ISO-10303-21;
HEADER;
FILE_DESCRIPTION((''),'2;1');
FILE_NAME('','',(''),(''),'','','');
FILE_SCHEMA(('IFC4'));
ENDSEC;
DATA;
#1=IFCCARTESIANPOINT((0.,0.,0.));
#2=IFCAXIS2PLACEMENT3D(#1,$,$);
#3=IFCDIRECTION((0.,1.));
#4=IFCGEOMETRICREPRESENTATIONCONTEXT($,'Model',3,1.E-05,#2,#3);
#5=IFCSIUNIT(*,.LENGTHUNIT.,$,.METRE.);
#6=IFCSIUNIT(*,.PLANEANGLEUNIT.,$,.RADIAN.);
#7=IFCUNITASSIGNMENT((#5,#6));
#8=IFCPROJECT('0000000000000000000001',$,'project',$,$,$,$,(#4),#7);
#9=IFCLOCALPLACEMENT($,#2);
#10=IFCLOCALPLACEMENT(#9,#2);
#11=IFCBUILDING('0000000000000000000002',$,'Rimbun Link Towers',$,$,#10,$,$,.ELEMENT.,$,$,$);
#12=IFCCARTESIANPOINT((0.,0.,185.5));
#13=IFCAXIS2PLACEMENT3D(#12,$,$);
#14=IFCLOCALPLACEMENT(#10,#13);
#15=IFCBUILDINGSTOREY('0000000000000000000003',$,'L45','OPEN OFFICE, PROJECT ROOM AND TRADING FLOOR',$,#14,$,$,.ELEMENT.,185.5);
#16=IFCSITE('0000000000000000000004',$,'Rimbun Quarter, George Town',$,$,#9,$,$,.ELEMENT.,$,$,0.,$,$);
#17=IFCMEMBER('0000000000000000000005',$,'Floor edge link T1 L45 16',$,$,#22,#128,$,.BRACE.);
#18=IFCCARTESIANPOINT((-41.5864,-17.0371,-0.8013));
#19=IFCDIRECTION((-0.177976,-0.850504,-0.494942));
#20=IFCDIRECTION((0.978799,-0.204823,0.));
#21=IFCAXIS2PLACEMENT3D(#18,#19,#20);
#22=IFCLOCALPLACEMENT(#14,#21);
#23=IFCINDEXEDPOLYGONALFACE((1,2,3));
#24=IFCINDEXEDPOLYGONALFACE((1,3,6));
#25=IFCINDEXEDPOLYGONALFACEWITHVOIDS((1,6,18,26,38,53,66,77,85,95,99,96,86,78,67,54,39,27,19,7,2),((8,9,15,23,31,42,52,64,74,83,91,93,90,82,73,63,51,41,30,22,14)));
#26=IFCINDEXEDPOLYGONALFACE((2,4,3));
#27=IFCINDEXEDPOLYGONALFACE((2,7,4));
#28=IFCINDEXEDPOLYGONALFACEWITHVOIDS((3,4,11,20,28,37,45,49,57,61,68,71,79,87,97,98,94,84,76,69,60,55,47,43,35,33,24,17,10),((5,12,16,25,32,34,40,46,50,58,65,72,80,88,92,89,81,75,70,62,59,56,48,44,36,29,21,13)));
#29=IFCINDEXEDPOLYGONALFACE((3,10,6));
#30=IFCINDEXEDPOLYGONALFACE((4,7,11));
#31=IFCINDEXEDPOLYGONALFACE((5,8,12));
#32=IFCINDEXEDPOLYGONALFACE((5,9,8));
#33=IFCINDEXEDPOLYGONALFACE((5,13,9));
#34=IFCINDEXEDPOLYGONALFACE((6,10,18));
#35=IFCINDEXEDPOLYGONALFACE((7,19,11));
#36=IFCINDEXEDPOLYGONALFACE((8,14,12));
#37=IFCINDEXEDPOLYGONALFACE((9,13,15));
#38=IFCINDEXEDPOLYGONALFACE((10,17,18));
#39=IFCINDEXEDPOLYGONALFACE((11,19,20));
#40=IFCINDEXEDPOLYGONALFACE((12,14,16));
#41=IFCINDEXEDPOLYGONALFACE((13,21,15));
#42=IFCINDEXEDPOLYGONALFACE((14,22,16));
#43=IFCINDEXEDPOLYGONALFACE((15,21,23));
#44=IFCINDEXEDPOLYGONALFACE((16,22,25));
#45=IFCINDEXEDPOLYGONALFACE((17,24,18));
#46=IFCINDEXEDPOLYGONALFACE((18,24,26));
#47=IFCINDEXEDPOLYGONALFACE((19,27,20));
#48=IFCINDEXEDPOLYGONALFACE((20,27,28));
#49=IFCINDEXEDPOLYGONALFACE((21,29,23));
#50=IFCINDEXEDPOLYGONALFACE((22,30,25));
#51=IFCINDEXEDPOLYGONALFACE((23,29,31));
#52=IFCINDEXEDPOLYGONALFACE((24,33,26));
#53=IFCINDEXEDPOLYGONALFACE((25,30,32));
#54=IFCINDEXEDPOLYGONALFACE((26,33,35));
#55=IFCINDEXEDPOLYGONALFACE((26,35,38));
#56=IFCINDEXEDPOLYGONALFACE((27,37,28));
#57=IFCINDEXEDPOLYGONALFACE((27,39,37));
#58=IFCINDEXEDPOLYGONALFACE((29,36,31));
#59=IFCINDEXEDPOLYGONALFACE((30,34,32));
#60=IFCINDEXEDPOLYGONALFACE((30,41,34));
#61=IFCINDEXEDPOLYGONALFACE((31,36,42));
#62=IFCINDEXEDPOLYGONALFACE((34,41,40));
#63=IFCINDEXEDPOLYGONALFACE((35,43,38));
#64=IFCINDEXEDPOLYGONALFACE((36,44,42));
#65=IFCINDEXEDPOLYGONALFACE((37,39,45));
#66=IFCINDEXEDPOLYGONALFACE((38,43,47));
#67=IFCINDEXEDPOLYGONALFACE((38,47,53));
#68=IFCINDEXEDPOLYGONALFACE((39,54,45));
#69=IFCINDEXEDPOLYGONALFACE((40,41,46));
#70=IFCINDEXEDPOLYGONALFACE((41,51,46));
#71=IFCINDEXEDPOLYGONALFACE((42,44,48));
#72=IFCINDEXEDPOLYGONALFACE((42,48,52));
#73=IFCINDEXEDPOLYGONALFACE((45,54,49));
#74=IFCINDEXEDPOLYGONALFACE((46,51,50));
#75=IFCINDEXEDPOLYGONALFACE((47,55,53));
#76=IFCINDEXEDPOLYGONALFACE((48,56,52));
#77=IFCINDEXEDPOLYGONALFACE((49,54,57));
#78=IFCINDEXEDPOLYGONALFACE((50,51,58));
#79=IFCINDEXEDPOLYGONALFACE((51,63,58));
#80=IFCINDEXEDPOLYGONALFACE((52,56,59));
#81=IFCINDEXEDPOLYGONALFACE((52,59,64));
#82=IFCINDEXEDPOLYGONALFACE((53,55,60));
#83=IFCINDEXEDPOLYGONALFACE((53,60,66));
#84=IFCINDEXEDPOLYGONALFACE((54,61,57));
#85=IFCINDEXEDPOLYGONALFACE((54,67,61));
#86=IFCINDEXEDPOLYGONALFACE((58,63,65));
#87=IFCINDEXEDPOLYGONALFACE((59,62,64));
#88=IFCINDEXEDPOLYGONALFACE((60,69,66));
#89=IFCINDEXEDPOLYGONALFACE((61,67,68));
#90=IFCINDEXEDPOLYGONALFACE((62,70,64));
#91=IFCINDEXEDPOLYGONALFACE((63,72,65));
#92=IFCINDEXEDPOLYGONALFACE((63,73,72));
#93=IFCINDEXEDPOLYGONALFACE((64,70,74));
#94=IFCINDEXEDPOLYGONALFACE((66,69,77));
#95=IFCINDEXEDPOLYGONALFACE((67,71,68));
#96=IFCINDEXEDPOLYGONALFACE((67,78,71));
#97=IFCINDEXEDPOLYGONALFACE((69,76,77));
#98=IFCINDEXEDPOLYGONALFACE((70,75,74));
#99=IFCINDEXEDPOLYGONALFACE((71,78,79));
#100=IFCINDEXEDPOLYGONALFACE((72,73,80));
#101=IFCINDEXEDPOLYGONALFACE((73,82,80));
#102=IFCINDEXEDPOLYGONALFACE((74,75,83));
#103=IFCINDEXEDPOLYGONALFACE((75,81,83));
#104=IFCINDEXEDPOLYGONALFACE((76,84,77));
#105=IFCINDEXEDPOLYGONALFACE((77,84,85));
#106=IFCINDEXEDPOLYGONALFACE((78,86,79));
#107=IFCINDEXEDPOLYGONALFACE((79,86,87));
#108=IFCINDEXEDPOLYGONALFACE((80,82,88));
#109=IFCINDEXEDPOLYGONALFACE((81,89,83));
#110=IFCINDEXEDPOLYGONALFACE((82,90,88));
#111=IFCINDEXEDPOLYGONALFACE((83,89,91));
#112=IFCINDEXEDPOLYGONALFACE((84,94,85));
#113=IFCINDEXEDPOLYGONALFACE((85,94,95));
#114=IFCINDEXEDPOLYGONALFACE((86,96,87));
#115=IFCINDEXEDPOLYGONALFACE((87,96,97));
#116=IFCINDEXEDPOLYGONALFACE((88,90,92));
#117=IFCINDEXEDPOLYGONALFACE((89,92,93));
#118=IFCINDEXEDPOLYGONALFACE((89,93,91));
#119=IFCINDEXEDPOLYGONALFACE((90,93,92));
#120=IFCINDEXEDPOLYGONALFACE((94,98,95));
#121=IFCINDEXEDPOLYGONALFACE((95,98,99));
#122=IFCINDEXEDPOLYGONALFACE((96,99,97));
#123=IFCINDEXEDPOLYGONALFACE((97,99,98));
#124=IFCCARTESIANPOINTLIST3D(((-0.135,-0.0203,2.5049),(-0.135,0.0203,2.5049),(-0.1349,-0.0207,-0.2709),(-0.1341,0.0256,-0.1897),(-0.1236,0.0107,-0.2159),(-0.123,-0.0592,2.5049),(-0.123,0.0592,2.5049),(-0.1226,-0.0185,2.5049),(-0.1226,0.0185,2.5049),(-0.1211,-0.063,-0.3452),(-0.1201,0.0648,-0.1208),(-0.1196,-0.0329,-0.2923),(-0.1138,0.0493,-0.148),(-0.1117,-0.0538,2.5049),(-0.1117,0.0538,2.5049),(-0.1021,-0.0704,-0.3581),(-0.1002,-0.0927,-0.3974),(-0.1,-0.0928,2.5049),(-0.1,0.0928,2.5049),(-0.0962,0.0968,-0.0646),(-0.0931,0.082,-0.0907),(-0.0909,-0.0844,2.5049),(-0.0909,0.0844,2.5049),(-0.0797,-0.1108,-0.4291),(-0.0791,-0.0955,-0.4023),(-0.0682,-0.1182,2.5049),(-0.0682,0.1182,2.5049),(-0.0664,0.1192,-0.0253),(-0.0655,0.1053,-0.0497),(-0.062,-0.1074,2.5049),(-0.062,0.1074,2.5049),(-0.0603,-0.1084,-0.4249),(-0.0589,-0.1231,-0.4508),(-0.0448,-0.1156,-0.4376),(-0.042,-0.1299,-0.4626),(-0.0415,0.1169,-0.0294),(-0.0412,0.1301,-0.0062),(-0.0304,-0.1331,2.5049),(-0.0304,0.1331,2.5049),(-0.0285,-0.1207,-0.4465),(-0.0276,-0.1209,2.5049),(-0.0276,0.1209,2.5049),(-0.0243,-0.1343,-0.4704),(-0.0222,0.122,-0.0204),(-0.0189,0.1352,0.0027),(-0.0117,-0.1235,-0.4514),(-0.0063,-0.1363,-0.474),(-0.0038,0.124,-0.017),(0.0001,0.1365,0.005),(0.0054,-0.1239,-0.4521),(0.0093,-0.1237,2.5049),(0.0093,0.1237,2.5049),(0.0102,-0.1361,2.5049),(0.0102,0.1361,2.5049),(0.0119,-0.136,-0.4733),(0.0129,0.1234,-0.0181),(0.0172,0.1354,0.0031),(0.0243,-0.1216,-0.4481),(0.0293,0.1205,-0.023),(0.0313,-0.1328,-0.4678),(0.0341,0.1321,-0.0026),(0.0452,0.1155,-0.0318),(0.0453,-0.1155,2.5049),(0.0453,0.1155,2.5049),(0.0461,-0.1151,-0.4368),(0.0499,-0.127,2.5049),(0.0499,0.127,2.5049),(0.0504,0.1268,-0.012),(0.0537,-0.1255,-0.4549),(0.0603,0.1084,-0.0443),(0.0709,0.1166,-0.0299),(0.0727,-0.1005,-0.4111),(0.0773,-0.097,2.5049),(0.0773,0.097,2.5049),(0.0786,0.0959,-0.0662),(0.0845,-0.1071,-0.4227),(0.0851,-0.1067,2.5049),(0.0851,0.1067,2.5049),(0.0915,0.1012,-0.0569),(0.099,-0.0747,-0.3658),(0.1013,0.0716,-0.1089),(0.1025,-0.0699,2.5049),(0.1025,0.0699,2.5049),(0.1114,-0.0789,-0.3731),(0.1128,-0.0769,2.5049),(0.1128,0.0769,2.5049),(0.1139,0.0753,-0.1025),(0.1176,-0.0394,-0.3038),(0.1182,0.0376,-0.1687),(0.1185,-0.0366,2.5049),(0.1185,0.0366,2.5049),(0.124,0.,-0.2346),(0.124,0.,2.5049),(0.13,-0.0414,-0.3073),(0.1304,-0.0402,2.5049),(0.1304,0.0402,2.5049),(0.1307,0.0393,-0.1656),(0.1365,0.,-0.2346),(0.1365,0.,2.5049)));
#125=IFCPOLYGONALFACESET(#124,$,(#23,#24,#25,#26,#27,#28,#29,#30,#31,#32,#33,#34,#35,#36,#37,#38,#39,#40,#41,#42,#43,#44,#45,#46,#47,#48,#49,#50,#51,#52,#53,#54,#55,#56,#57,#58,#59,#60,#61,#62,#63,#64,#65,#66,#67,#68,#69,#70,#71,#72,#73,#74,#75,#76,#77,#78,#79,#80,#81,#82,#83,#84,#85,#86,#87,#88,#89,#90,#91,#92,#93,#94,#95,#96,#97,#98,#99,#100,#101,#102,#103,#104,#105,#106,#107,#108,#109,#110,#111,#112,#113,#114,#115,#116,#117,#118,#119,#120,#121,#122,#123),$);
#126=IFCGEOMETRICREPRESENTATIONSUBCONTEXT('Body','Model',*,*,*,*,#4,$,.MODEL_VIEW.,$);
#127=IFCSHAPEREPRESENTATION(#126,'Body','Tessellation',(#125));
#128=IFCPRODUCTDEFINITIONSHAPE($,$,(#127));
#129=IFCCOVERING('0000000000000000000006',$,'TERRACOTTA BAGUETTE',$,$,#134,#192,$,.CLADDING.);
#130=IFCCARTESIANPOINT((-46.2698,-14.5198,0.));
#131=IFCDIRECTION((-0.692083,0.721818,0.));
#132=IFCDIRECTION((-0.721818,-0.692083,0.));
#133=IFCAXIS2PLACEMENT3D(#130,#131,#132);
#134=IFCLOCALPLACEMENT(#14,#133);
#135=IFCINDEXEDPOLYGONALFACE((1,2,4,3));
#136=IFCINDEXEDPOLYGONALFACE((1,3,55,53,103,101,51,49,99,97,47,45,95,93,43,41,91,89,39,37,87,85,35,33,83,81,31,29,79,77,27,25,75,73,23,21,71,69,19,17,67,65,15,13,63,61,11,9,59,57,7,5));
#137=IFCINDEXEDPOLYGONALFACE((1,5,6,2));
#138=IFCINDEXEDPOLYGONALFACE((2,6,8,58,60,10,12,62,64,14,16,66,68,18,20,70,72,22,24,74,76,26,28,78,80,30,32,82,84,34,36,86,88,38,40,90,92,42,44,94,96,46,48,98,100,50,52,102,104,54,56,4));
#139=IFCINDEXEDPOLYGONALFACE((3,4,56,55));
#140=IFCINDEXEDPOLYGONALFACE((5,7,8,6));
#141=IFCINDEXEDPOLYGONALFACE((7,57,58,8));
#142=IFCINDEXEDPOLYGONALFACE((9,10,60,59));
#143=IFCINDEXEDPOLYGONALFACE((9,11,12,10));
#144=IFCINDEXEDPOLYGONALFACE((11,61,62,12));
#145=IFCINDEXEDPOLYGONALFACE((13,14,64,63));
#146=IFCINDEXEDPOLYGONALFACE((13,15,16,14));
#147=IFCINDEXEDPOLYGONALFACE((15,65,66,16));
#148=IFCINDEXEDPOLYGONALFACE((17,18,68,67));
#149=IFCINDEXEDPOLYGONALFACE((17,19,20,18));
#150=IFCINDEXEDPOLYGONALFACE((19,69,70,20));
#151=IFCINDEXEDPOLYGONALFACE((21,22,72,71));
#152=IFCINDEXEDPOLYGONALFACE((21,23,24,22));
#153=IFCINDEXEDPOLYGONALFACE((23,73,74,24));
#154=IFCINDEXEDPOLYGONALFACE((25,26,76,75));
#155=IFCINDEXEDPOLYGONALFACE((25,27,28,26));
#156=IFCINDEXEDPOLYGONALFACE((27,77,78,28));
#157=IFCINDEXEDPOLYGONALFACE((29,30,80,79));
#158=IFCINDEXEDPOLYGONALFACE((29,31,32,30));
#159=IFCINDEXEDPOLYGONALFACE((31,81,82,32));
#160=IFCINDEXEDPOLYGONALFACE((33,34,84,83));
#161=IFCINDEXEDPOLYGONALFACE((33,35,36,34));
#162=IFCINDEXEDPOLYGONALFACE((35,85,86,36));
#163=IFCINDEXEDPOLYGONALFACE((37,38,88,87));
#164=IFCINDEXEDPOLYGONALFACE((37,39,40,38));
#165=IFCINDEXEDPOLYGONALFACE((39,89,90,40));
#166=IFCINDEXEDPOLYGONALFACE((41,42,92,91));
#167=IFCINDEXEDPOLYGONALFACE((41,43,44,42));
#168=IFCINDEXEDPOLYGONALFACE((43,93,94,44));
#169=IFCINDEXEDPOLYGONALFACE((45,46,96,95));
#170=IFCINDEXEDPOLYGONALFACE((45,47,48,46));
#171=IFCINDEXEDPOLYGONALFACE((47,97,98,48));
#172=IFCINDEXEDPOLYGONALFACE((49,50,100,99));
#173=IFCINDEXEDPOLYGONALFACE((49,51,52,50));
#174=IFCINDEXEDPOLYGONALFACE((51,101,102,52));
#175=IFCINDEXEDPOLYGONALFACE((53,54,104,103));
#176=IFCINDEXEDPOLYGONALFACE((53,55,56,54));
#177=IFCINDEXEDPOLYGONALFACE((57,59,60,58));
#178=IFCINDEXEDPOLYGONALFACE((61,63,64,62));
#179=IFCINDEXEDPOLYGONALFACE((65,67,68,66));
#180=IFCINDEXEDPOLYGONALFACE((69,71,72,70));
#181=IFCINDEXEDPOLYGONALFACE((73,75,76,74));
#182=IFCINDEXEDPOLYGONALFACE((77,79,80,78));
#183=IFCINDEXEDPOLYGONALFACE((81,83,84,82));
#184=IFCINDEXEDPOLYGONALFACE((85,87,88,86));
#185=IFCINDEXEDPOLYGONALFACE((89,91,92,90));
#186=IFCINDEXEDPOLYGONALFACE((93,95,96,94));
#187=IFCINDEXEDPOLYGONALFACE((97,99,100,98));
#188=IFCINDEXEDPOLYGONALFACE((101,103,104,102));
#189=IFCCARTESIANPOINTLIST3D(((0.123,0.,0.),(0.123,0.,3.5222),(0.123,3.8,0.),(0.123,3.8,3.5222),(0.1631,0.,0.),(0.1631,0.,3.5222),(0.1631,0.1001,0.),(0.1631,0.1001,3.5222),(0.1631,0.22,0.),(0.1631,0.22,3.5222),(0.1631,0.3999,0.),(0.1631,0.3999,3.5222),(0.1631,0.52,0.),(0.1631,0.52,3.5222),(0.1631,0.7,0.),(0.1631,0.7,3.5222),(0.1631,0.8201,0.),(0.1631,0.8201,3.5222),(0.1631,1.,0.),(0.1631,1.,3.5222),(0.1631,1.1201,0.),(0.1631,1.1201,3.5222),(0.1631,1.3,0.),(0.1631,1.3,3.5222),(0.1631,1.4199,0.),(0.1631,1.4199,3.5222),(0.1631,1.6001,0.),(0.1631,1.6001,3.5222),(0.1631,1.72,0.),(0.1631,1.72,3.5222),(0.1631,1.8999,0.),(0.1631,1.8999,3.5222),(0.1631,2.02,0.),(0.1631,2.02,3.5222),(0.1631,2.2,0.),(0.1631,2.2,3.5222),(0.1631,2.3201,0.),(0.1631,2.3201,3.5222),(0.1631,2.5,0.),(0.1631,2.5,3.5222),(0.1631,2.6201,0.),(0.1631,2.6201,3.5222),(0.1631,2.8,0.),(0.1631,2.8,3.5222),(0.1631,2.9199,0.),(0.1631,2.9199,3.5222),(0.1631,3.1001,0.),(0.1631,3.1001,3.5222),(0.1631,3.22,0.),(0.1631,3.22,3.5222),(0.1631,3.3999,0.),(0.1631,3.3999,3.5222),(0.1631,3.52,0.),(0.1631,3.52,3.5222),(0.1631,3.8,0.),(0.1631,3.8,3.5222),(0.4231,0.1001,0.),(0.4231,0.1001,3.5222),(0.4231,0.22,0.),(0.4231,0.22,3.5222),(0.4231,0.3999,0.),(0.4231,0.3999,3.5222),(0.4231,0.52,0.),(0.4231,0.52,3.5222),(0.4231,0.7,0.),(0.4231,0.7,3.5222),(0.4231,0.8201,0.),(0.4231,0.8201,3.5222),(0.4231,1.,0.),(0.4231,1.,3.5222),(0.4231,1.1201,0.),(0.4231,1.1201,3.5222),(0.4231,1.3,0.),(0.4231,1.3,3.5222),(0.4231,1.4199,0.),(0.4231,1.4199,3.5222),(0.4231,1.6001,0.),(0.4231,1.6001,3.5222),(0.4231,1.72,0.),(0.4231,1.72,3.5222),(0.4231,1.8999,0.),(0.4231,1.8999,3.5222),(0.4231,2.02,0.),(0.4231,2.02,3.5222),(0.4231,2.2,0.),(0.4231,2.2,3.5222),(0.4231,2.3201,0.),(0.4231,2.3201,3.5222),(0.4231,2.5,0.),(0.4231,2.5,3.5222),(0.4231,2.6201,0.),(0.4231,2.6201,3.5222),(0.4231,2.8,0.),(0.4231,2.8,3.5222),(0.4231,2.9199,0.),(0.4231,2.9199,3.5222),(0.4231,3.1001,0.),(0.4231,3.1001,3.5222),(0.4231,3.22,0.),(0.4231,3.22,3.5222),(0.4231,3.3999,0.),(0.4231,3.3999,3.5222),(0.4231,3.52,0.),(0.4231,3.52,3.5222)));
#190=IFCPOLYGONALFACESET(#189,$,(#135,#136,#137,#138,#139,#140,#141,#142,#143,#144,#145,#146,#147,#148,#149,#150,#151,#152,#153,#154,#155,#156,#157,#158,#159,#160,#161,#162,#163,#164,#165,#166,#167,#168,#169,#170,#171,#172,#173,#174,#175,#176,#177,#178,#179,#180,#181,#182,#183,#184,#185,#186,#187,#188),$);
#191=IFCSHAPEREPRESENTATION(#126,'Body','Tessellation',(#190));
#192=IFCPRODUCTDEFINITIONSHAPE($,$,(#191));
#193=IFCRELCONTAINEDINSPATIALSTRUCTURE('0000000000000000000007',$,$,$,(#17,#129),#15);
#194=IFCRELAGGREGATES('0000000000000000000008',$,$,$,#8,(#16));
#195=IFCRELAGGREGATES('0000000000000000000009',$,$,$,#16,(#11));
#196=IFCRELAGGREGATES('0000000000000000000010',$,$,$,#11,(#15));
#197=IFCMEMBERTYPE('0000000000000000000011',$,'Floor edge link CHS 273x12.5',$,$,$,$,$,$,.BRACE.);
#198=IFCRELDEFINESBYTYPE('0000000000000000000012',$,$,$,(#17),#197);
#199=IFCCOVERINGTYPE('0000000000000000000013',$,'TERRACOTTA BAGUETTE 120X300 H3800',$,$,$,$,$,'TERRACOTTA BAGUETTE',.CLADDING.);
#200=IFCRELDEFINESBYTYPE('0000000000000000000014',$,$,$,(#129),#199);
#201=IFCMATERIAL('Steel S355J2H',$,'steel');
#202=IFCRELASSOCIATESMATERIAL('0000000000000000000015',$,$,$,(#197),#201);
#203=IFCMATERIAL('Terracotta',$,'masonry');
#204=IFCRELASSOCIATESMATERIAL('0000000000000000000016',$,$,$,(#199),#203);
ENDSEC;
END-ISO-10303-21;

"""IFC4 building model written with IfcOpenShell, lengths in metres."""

from ifc_helpers import new_model, si_unit, direction, frame, origin, origin_2d, place, context, subcontext, project, spatial, polyline, hollow_circle, outline, extrude, clip, halfspace, material, material_profile, profile_set, type_object, element, save


model = new_model("IFC4")

# Units and contexts
model_context = context("Model", 3, precision=1e-05, world=origin(), true_north=direction((0.0, 1.0)))
body_context = subcontext(model_context, "Body", "Model", "MODEL_VIEW")
ifc_project = project(units=[si_unit("LENGTHUNIT", "METRE"), si_unit("PLANEANGLEUNIT", "RADIAN")], contexts=[model_context])

# Site, building, storey
site_placement = place(None, origin())
site = spatial("IfcSite", under=ifc_project, at=site_placement, Name="Rimbun Quarter, George Town", CompositionType="ELEMENT", RefElevation=0.0)
building_placement = place(site_placement, origin())
building = spatial("IfcBuilding", under=site, at=building_placement, Name="Rimbun Link Towers", CompositionType="ELEMENT")
storey_placement = place(building_placement, frame((0.0, 0.0, 185.5)))
storey = spatial("IfcBuildingStorey", under=building, at=storey_placement, Name="L45", Description="OPEN OFFICE, PROJECT ROOM AND TRADING FLOOR", CompositionType="ELEMENT", Elevation=185.5)

# Member
ifc_material_1 = material(Name="Steel S355J2H", Category="steel")
ifc_material_profile_1 = material_profile(ifc_material_1, hollow_circle(Radius=0.1365, WallThickness=0.0125, at=origin_2d()), Name="CHS 273x12.5")
ifc_profile_set_1 = profile_set([ifc_material_profile_1], Name="Steel S355J2H")
member_type_1 = type_object("IfcMemberType", Name="Floor edge link CHS 273x12.5", PredefinedType="BRACE", material=ifc_profile_set_1)
member_1_placement = place(storey_placement, frame((-41.5864, -17.0371, -0.8013), z_axis=(-0.177976, -0.850504, -0.494942), x_axis=(0.978799, -0.204823, 0.0)))
element("IfcMember", 1, at=member_1_placement, inside=storey, type_object=member_type_1, Name="Floor edge link T1 L45 16", PredefinedType="BRACE", context=body_context, shape_type="Clipping", body=[
    clip(extrude(hollow_circle(Radius=0.1365, WallThickness=0.0125, at=origin_2d()), frame((0.0, 0.0, -0.4995)), (0.0, 0.0, 1.0), 3.0044), halfspace(frame((0.0, 0.0, -0.2346), z_axis=(0.0, 0.868926, -0.494942)), False)),
])

# Covering
ifc_material_2 = material(Name="Terracotta", Category="masonry")
ifc_material_profile_2 = material_profile(ifc_material_2, outline(polyline([(0.123, 0.0), (0.1631, 0.0), (0.1631, 0.1001), (0.4231, 0.1001), (0.4231, 0.22), (0.1631, 0.22), (0.1631, 0.3999), (0.4231, 0.3999), (0.4231, 0.52), (0.1631, 0.52), (0.1631, 0.7), (0.4231, 0.7), (0.4231, 0.8201), (0.1631, 0.8201), (0.1631, 1.0), (0.4231, 1.0), (0.4231, 1.1201), (0.1631, 1.1201), (0.1631, 1.3), (0.4231, 1.3), (0.4231, 1.4199), (0.1631, 1.4199), (0.1631, 1.6001), (0.4231, 1.6001), (0.4231, 1.72), (0.1631, 1.72), (0.1631, 1.8999), (0.4231, 1.8999), (0.4231, 2.02), (0.1631, 2.02), (0.1631, 2.2), (0.4231, 2.2), (0.4231, 2.3201), (0.1631, 2.3201), (0.1631, 2.5), (0.4231, 2.5), (0.4231, 2.6201), (0.1631, 2.6201), (0.1631, 2.8), (0.4231, 2.8), (0.4231, 2.9199), (0.1631, 2.9199), (0.1631, 3.1001), (0.4231, 3.1001), (0.4231, 3.22), (0.1631, 3.22), (0.1631, 3.3999), (0.4231, 3.3999), (0.4231, 3.52), (0.1631, 3.52), (0.1631, 3.8), (0.123, 3.8), (0.123, 0.0)])), Name="BAGUETTE 120X300")
ifc_profile_set_2 = profile_set([ifc_material_profile_2], Name="Terracotta")
covering_type = type_object("IfcCoveringType", Name="TERRACOTTA BAGUETTE 120X300 H3800", ElementType="TERRACOTTA BAGUETTE", PredefinedType="CLADDING", material=ifc_profile_set_2)
covering_1_placement = place(storey_placement, frame((-46.2698, -14.5198, 0.0), z_axis=(-0.692083, 0.721818, 0.0), x_axis=(-0.721818, -0.692083, 0.0)))
element("IfcCovering", 2, at=covering_1_placement, inside=storey, type_object=covering_type, Name="TERRACOTTA BAGUETTE", PredefinedType="CLADDING", context=body_context, shape_type="SweptSolid", body=[
    extrude(outline(polyline([(0.123, 0.0), (0.1631, 0.0), (0.1631, 0.1001), (0.4231, 0.1001), (0.4231, 0.22), (0.1631, 0.22), (0.1631, 0.3999), (0.4231, 0.3999), (0.4231, 0.52), (0.1631, 0.52), (0.1631, 0.7), (0.4231, 0.7), (0.4231, 0.8201), (0.1631, 0.8201), (0.1631, 1.0), (0.4231, 1.0), (0.4231, 1.1201), (0.1631, 1.1201), (0.1631, 1.3), (0.4231, 1.3), (0.4231, 1.4199), (0.1631, 1.4199), (0.1631, 1.6001), (0.4231, 1.6001), (0.4231, 1.72), (0.1631, 1.72), (0.1631, 1.8999), (0.4231, 1.8999), (0.4231, 2.02), (0.1631, 2.02), (0.1631, 2.2), (0.4231, 2.2), (0.4231, 2.3201), (0.1631, 2.3201), (0.1631, 2.5), (0.4231, 2.5), (0.4231, 2.6201), (0.1631, 2.6201), (0.1631, 2.8), (0.4231, 2.8), (0.4231, 2.9199), (0.1631, 2.9199), (0.1631, 3.1001), (0.4231, 3.1001), (0.4231, 3.22), (0.1631, 3.22), (0.1631, 3.3999), (0.4231, 3.3999), (0.4231, 3.52), (0.1631, 3.52), (0.1631, 3.8), (0.123, 3.8), (0.123, 0.0)])), origin(), (0.0, 0.0, 1.0), 3.5222),
])

save(model, "model.ifc")
